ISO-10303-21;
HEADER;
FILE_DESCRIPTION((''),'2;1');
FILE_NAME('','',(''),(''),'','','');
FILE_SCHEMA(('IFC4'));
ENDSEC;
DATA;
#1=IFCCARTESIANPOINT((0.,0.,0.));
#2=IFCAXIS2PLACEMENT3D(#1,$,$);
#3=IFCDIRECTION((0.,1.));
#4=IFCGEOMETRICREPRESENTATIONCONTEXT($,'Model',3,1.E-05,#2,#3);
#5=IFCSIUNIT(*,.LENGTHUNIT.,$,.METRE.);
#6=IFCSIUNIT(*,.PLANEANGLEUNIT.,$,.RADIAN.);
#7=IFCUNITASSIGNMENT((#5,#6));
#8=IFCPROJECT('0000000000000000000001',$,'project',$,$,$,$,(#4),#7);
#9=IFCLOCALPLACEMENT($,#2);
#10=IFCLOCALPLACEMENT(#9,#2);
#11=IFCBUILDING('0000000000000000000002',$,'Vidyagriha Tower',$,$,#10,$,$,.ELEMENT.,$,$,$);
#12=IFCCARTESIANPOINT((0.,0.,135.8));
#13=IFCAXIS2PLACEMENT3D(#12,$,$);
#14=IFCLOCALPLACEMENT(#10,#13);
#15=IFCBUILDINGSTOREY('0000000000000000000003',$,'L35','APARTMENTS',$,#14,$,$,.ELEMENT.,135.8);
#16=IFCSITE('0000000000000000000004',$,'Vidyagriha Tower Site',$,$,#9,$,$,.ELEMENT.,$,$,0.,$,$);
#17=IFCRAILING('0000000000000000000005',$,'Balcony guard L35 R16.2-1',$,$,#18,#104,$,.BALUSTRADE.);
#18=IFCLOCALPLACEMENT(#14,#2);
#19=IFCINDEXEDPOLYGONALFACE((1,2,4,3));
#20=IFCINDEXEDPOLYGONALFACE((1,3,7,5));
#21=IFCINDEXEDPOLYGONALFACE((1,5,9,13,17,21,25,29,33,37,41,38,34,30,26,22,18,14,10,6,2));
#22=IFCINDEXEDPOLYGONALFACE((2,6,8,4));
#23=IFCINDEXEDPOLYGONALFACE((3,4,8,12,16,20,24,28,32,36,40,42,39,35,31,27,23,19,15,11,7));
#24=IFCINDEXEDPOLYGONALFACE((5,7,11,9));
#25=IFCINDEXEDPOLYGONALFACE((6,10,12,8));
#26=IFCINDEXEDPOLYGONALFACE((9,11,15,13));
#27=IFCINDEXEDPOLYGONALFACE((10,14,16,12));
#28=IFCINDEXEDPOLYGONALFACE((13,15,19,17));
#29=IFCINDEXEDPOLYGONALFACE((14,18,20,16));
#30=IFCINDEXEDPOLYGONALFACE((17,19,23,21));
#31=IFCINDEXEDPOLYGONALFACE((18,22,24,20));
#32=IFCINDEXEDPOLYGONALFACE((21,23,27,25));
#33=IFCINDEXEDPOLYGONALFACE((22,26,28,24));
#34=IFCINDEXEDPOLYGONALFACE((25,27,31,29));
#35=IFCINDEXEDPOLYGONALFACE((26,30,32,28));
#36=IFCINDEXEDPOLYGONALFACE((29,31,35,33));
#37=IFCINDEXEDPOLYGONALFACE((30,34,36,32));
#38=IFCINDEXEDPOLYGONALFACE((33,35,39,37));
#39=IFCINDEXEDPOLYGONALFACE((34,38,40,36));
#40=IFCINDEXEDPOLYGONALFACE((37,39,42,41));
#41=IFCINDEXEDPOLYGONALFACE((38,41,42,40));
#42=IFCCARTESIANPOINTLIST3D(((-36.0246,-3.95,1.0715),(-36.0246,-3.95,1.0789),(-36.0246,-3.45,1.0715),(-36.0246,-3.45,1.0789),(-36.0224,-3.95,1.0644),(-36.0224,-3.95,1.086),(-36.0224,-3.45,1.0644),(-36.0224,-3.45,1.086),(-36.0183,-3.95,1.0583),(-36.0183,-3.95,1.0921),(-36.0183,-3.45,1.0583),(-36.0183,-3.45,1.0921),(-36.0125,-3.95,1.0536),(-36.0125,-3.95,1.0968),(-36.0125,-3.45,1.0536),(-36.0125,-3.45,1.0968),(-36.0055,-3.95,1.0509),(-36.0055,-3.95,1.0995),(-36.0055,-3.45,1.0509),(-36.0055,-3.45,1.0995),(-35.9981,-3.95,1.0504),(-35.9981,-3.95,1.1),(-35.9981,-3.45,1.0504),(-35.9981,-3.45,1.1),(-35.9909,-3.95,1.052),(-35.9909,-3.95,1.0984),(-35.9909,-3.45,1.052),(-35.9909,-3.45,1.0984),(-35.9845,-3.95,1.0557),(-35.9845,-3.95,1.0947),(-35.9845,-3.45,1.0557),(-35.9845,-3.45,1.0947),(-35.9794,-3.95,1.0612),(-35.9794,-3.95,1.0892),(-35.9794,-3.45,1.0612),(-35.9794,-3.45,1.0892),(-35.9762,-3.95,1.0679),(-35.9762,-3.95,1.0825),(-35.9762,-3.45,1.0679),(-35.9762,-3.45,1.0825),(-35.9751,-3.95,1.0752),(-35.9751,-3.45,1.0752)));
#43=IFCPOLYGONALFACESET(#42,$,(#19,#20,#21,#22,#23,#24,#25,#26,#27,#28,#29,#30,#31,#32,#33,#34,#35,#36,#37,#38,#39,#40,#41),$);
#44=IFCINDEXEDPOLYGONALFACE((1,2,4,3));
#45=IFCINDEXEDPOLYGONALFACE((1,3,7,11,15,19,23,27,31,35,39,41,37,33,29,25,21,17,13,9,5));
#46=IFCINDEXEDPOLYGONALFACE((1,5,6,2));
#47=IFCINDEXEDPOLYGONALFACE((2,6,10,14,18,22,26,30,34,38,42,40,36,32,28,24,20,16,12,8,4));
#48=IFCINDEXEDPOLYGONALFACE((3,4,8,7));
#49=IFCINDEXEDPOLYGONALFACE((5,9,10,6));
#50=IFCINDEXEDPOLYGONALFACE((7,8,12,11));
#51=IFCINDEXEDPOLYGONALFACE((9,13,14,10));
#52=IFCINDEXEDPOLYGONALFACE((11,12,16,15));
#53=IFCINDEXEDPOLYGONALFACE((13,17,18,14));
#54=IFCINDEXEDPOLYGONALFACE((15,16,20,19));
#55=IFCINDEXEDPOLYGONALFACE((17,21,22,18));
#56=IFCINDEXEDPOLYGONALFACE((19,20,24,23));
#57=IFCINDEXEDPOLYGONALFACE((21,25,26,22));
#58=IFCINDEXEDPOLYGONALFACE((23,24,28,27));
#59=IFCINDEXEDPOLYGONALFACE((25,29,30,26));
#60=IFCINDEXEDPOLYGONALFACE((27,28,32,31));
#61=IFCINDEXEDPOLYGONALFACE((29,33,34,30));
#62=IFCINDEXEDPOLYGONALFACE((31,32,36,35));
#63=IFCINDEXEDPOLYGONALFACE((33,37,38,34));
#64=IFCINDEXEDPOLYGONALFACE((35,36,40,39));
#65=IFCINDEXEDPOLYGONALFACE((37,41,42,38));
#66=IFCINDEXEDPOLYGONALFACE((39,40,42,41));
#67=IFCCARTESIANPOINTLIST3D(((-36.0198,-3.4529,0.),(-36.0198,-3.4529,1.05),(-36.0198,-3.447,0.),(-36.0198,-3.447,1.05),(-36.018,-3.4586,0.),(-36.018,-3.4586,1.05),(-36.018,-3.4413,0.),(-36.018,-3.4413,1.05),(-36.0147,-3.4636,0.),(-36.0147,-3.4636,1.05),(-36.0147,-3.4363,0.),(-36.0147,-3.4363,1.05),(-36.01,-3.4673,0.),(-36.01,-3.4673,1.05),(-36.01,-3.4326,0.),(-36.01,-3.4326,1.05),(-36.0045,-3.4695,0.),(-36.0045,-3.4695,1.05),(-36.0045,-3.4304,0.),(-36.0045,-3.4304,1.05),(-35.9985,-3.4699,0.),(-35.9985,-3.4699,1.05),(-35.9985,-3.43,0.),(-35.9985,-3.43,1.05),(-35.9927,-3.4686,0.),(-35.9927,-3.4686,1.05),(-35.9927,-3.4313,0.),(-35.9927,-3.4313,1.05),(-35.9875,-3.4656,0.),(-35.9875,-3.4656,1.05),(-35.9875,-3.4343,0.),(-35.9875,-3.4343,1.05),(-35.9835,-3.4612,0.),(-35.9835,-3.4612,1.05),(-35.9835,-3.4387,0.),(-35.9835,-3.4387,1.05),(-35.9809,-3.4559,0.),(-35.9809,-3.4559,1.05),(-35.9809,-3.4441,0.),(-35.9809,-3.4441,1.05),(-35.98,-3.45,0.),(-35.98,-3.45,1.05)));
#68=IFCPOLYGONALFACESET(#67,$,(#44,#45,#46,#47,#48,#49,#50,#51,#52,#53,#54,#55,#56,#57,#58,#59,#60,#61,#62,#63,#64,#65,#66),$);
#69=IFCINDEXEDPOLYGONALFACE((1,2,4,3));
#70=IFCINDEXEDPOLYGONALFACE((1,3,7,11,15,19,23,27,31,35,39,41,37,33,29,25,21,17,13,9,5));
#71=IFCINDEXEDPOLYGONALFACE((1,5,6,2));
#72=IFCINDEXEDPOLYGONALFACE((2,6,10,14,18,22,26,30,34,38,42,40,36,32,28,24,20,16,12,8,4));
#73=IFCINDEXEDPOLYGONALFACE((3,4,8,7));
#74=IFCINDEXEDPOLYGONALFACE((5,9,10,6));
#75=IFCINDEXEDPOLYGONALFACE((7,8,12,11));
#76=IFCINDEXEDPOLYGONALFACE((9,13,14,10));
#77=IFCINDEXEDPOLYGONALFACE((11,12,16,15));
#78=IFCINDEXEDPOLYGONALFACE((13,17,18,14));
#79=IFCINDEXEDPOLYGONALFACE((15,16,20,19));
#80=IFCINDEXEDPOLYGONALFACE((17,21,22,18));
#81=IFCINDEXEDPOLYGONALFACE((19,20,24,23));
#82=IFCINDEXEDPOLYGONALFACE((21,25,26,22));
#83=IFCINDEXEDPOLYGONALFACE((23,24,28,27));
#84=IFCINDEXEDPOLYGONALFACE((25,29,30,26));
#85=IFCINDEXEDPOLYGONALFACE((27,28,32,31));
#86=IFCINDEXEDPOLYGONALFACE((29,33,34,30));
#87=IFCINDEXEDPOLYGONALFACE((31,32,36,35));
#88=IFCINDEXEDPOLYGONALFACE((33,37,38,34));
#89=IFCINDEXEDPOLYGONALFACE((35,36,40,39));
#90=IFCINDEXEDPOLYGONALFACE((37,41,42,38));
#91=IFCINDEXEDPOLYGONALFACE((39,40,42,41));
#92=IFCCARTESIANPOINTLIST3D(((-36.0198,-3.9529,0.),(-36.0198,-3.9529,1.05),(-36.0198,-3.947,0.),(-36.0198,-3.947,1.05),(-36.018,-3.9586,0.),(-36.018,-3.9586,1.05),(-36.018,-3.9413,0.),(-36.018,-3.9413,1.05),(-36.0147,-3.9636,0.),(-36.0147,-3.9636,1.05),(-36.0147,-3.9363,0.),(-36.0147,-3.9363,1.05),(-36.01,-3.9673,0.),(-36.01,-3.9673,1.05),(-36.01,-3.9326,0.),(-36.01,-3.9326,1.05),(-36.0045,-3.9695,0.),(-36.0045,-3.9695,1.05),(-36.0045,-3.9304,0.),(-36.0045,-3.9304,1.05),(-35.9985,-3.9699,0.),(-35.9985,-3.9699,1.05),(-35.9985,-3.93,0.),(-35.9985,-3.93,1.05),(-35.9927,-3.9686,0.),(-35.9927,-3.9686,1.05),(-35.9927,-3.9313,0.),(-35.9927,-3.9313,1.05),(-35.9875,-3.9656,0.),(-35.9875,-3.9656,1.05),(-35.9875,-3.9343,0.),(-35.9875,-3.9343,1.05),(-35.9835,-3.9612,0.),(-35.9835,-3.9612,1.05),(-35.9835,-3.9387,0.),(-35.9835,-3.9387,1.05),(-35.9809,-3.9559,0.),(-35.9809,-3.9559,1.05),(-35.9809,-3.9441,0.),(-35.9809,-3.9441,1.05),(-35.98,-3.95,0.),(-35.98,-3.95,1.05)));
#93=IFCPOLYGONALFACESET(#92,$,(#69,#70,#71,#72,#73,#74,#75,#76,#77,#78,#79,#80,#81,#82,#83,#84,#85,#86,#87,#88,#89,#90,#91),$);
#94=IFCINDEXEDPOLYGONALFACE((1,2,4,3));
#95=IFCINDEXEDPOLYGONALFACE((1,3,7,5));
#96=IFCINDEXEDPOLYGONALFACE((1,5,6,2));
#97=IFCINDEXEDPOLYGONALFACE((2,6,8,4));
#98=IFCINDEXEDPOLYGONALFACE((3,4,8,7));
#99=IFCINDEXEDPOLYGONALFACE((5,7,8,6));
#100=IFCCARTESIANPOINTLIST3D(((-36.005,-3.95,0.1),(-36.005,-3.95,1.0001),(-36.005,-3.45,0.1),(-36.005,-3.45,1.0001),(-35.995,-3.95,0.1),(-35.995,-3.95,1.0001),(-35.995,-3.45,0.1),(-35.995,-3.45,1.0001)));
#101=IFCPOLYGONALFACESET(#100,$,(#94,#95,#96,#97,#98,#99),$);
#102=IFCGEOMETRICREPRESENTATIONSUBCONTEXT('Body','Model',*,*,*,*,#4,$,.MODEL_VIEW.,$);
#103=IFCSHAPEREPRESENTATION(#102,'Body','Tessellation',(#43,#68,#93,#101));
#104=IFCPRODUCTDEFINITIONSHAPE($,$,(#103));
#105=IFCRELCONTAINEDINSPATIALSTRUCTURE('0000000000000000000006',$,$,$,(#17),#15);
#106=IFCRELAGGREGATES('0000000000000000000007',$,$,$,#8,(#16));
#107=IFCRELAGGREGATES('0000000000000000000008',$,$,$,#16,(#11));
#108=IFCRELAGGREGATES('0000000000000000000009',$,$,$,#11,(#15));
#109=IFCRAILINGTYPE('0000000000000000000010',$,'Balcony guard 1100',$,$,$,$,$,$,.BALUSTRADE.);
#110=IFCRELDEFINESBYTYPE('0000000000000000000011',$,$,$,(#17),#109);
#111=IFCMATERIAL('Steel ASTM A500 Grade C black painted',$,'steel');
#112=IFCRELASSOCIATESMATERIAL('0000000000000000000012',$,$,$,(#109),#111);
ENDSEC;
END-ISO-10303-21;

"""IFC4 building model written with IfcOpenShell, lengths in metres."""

from ifc_helpers import new_model, si_unit, direction, frame, origin, origin_2d, place, context, subcontext, project, spatial, rectangle, circle, extrude, material, type_object, element, save


model = new_model("IFC4")

# Units and contexts
model_context = context("Model", 3, precision=1e-05, world=origin(), true_north=direction((0.0, 1.0)))
body_context = subcontext(model_context, "Body", "Model", "MODEL_VIEW")
ifc_project = project(units=[si_unit("LENGTHUNIT", "METRE"), si_unit("PLANEANGLEUNIT", "RADIAN")], contexts=[model_context])

# Site, building, storey
site_placement = place(None, origin())
site = spatial("IfcSite", under=ifc_project, at=site_placement, Name="Vidyagriha Tower Site", CompositionType="ELEMENT", RefElevation=0.0)
building_placement = place(site_placement, origin())
building = spatial("IfcBuilding", under=site, at=building_placement, Name="Vidyagriha Tower", CompositionType="ELEMENT")
storey_placement = place(building_placement, frame((0.0, 0.0, 135.8)))
storey = spatial("IfcBuildingStorey", under=building, at=storey_placement, Name="L35", Description="APARTMENTS", CompositionType="ELEMENT", Elevation=135.8)

# Railing
ifc_material_1 = material(Name="Steel ASTM A500 Grade C black painted", Category="steel")
railing_type_1 = type_object("IfcRailingType", Name="Balcony guard 1100", PredefinedType="BALUSTRADE", material=ifc_material_1)
railing_1_placement = place(storey_placement, frame((-36.0, -3.45, 0.0)))
element("IfcRailing", 1, at=railing_1_placement, inside=storey, type_object=railing_type_1, Name="Balcony guard L35 R16.2-1", PredefinedType="BALUSTRADE", context=body_context, shape_type="SweptSolid", body=[
    extrude(circle(Radius=0.0249, at=origin_2d()), frame((0.0, 0.0, 1.0752), z_axis=(0.0, -1.0, 0.0), x_axis=(1.0, 0.0, 0.0)), (0.0, 0.0, 1.0), 0.5),
    extrude(circle(Radius=0.02, at=origin_2d()), origin(), (0.0, 0.0, 1.0), 1.05),
    extrude(circle(Radius=0.02, at=origin_2d()), frame((0.0, -0.5, 0.0)), (0.0, 0.0, 1.0), 1.05),
    extrude(rectangle(XDim=0.01, YDim=0.9001, at=origin_2d()), frame((0.0, 0.0, 0.55), z_axis=(0.0, -1.0, 0.0), x_axis=(1.0, 0.0, 0.0)), (0.0, 0.0, 1.0), 0.5),
])

save(model, "model.ifc")
